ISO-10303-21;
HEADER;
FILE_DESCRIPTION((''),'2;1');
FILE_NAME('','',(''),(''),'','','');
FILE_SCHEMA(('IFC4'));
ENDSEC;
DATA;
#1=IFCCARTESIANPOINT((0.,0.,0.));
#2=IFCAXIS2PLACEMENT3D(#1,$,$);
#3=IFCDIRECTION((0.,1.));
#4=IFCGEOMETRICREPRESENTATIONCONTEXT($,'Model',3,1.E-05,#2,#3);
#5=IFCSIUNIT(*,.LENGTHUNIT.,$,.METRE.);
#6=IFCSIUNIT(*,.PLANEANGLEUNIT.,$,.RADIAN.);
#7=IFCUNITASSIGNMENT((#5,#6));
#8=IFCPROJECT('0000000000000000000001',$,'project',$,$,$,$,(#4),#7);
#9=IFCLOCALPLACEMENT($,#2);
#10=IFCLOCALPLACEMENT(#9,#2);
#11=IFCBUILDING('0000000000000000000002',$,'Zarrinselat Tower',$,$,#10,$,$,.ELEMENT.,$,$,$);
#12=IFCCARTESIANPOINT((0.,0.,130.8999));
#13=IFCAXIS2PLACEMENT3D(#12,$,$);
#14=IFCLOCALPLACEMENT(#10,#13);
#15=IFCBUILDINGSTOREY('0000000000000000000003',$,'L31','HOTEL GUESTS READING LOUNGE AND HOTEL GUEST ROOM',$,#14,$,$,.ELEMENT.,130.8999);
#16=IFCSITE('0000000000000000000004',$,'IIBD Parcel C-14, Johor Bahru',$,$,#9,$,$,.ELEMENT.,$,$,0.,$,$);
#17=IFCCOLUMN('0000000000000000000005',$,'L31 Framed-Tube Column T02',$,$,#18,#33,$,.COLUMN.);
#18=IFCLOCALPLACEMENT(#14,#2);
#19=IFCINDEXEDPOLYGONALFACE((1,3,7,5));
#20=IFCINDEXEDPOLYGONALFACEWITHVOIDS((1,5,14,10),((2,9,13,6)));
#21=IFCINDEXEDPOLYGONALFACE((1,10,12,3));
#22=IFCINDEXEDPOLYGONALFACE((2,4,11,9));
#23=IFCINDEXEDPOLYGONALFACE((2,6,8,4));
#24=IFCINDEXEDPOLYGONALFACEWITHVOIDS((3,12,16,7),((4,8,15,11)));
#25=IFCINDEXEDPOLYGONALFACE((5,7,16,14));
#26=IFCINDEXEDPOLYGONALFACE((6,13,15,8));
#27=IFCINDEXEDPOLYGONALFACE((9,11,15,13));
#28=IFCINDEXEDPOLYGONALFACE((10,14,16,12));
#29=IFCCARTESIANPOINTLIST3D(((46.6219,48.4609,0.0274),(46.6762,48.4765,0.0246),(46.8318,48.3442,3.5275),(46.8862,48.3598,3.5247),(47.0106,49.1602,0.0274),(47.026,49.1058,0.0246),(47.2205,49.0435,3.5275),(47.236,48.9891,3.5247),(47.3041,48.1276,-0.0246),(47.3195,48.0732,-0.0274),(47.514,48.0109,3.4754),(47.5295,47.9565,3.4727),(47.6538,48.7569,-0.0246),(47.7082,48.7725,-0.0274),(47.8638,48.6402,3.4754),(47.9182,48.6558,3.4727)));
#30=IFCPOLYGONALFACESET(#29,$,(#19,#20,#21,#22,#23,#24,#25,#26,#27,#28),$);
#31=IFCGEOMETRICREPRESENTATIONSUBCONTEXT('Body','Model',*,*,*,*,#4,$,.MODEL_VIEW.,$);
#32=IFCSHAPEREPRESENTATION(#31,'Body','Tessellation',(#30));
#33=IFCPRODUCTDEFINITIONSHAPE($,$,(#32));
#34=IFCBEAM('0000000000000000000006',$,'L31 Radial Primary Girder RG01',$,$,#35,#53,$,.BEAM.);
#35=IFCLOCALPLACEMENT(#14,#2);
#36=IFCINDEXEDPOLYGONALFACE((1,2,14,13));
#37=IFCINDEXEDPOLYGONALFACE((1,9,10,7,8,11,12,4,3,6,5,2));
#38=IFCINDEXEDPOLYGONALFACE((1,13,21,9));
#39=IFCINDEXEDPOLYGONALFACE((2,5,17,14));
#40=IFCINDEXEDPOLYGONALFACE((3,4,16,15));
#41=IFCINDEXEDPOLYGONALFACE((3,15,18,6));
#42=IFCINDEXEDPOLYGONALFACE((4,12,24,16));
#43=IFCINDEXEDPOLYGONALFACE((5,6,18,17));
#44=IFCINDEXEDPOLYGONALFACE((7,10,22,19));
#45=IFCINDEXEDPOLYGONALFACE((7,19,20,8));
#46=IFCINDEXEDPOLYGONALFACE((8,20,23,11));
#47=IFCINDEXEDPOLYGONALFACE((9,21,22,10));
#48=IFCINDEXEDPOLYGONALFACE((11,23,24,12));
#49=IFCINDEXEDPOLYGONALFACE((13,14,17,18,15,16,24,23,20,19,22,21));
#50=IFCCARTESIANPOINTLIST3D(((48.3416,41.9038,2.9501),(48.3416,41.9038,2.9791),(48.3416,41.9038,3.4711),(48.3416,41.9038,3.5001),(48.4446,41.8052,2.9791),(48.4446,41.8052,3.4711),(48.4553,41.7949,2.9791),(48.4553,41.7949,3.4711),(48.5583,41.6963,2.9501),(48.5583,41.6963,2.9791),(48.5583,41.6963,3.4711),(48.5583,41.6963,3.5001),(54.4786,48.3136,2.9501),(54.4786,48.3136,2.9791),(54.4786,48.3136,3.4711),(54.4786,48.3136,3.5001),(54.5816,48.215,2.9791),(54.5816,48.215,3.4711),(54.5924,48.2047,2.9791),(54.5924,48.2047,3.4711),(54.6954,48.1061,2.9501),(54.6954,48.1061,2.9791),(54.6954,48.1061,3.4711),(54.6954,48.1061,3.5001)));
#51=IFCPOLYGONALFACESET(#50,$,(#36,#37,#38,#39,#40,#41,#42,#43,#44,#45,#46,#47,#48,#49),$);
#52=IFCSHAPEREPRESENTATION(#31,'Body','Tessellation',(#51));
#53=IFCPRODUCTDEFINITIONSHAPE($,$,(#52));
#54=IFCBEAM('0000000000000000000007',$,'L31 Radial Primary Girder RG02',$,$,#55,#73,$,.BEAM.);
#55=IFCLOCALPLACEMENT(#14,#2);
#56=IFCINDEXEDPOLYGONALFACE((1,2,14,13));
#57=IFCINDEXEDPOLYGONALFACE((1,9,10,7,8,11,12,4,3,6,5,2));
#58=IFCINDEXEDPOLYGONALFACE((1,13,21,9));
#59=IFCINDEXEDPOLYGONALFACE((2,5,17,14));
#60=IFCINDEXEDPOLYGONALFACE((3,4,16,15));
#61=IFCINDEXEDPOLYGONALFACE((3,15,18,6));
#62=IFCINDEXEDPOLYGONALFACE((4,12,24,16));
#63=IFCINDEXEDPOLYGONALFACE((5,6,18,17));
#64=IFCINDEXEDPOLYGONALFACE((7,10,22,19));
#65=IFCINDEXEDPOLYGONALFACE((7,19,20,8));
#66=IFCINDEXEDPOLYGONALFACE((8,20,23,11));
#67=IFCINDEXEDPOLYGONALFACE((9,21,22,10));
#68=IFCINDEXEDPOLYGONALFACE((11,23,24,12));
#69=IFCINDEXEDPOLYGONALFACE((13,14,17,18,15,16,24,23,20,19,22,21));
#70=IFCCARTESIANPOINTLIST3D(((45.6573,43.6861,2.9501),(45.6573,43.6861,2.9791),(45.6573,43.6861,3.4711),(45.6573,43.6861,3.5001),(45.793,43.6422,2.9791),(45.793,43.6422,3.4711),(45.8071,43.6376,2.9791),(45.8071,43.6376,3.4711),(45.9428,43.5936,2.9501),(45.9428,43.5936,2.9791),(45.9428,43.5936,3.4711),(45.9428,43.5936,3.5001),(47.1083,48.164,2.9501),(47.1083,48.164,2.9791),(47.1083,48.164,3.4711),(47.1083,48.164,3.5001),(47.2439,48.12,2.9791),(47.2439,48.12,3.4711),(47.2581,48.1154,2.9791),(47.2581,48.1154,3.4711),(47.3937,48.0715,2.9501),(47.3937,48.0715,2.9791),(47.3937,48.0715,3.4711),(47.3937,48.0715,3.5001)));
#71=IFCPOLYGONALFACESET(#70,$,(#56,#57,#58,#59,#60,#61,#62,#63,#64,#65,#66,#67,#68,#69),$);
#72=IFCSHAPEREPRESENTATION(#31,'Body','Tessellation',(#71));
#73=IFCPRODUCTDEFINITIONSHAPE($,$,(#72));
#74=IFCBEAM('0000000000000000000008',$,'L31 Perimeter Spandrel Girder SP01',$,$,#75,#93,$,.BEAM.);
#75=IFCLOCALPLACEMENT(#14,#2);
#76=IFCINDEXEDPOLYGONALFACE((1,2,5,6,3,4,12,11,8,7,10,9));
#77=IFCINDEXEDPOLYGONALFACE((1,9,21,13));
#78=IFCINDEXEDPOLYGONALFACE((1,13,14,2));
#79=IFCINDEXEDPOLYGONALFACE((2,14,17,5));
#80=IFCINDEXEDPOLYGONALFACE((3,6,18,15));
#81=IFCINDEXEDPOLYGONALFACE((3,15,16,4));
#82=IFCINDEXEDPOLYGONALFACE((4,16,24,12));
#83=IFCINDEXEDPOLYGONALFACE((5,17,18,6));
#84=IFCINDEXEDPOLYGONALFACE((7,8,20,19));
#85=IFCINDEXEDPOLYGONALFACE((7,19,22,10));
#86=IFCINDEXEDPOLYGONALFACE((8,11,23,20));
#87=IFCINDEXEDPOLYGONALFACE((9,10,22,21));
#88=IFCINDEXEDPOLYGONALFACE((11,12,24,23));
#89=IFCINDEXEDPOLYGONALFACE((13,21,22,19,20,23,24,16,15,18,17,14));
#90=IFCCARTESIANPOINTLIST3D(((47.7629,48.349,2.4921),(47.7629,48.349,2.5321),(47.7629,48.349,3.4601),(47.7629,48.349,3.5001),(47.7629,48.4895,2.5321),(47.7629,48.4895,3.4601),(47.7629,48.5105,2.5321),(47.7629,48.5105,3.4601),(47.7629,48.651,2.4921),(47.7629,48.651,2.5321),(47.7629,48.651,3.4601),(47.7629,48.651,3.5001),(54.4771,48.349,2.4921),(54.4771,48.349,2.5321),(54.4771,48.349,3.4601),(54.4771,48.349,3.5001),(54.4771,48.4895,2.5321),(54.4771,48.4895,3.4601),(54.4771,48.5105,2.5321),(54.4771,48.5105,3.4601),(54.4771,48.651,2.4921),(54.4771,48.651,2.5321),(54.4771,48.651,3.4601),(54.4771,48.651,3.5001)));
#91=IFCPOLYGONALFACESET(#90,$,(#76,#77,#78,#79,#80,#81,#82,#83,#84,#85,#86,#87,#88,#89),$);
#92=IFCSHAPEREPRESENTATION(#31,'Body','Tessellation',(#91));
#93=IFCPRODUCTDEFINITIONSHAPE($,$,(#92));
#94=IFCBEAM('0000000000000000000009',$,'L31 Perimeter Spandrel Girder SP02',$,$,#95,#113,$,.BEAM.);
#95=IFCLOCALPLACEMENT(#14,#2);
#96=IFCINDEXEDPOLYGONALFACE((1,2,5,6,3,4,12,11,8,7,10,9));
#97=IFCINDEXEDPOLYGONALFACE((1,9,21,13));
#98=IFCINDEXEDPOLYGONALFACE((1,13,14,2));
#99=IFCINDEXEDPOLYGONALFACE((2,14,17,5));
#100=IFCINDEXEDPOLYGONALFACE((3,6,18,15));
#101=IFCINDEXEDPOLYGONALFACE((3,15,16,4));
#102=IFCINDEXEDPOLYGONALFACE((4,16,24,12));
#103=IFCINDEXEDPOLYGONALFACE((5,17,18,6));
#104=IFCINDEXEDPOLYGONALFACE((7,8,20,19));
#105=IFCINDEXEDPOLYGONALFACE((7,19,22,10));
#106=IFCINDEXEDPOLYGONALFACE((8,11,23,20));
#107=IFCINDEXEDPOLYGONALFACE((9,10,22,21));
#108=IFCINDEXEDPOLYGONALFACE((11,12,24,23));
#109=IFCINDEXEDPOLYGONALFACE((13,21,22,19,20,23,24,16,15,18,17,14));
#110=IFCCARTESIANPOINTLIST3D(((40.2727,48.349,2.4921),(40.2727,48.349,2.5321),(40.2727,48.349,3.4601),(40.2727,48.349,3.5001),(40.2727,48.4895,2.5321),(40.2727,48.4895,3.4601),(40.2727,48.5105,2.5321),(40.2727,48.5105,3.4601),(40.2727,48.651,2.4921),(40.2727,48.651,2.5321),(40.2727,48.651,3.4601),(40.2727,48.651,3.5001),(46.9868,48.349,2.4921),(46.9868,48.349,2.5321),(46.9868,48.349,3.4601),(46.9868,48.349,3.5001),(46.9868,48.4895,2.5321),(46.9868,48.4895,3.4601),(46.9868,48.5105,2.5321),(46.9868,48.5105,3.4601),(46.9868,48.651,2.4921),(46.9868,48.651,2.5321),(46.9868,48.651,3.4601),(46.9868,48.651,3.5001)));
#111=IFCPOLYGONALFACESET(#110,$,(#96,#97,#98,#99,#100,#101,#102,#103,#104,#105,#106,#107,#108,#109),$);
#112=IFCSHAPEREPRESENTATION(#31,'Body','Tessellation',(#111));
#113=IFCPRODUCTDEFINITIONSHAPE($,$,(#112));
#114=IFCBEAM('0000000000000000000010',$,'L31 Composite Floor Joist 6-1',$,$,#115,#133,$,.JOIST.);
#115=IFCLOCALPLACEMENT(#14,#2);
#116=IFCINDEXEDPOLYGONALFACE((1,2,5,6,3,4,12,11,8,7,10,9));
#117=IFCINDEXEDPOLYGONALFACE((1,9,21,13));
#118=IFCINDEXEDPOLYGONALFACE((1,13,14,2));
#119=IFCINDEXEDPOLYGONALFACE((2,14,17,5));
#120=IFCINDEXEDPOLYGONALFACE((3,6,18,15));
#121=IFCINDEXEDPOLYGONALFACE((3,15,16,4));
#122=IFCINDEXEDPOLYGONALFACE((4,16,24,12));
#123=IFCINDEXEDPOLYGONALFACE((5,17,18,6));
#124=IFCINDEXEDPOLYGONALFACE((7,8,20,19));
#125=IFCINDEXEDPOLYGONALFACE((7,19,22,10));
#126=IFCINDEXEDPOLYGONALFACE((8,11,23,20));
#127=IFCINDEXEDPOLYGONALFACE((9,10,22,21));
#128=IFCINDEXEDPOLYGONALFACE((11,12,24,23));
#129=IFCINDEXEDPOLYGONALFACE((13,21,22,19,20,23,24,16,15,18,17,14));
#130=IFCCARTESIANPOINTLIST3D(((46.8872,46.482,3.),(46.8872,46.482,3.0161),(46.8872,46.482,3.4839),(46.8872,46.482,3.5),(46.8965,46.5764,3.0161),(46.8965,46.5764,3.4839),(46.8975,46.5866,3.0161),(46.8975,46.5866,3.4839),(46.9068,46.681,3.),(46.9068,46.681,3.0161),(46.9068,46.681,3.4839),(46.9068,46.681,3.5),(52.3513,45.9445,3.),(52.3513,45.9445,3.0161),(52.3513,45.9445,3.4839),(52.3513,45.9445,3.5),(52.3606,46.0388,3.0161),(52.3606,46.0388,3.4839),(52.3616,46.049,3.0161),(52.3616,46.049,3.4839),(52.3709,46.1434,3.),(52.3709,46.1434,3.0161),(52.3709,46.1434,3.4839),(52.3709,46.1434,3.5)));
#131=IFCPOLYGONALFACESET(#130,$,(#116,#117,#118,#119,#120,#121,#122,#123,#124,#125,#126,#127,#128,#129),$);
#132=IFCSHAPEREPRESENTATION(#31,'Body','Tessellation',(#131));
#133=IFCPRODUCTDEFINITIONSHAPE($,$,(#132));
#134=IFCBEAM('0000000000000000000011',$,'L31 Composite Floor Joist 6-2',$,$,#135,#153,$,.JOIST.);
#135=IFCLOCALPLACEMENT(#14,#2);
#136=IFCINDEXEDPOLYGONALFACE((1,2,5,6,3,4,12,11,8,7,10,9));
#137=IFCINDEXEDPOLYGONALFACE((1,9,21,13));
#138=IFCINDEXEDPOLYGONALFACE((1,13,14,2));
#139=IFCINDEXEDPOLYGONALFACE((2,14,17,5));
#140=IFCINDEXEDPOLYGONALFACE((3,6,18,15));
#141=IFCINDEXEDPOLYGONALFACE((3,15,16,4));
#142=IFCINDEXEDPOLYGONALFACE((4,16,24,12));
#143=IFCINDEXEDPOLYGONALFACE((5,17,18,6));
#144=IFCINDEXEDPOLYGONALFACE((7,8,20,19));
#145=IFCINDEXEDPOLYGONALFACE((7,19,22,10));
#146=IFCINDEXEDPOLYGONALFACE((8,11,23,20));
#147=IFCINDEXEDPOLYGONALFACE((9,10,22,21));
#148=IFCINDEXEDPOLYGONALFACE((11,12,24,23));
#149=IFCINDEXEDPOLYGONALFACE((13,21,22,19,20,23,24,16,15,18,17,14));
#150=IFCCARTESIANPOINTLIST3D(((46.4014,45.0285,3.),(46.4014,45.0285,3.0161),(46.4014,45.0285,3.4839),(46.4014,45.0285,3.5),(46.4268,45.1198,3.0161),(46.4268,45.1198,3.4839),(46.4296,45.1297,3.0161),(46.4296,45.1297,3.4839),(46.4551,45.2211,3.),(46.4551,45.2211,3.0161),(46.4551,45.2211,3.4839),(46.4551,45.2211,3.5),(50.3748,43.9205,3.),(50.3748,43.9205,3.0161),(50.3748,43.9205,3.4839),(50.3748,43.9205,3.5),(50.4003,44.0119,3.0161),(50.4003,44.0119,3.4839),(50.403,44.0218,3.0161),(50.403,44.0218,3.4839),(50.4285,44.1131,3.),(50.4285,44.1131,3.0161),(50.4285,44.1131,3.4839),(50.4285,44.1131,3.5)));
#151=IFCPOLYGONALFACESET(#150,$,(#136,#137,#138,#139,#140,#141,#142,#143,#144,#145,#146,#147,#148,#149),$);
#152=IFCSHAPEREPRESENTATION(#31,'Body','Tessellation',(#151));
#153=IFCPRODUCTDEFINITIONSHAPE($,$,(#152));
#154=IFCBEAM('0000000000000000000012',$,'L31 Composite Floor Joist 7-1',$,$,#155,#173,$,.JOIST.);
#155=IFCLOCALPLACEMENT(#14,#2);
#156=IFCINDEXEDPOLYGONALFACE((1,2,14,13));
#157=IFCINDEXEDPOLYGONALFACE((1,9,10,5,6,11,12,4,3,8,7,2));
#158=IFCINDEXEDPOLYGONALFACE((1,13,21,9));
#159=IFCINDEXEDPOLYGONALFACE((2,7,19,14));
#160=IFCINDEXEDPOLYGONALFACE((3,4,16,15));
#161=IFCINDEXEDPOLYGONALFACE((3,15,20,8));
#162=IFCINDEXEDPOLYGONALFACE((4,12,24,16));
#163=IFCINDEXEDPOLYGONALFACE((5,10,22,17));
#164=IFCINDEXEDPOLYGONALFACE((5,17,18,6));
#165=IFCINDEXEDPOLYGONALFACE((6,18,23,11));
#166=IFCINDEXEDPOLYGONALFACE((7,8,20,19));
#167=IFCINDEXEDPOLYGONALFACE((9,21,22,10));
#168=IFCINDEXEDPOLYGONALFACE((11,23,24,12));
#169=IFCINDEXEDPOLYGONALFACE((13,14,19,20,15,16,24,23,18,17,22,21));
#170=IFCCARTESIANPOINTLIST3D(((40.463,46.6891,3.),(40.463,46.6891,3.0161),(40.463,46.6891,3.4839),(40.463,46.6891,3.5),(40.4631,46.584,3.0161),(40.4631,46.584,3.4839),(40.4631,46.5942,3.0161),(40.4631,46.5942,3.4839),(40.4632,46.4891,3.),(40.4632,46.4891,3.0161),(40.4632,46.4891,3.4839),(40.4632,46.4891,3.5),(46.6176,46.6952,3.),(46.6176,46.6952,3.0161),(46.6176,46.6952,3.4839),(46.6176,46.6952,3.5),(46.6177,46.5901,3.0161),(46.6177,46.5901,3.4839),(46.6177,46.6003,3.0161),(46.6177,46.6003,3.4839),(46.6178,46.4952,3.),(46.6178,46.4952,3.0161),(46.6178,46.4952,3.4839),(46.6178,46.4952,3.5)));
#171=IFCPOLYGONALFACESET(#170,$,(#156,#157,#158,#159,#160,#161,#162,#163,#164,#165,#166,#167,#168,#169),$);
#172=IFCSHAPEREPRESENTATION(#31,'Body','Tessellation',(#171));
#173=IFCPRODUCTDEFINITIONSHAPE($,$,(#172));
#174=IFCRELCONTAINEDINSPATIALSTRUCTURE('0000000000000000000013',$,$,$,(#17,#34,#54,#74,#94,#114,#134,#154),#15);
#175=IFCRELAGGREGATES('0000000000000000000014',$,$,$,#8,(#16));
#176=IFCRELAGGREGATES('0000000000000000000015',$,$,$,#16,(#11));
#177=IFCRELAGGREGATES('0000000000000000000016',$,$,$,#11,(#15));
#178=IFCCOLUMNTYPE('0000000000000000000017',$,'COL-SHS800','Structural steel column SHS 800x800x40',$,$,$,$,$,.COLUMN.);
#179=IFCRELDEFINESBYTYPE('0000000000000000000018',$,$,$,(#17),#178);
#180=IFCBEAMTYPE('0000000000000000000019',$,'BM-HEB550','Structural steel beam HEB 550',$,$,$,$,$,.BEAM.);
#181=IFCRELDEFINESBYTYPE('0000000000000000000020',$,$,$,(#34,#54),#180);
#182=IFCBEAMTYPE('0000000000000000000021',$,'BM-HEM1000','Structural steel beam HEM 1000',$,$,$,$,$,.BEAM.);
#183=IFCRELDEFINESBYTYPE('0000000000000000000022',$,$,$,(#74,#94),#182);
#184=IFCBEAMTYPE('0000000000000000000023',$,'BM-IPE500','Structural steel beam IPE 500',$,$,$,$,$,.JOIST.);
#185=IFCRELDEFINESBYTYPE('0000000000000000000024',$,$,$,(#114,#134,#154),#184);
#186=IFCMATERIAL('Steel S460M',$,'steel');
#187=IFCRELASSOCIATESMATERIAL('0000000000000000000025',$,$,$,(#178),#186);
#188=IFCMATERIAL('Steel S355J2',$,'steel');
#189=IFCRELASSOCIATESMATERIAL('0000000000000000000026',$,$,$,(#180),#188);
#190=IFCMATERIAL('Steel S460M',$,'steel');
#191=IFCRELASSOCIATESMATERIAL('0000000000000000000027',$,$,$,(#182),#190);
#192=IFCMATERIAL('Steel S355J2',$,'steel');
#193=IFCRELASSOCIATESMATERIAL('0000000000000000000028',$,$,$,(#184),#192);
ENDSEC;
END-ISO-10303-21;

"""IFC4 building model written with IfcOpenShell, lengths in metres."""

from ifc_helpers import new_model, si_unit, direction, frame, origin, origin_2d, place, context, subcontext, project, spatial, hollow_rectangle, i_section, extrude, material, material_profile, profile_set, type_object, element, save


model = new_model("IFC4")

# Units and contexts
model_context = context("Model", 3, precision=1e-05, world=origin(), true_north=direction((0.0, 1.0)))
body_context = subcontext(model_context, "Body", "Model", "MODEL_VIEW")
ifc_project = project(units=[si_unit("LENGTHUNIT", "METRE"), si_unit("PLANEANGLEUNIT", "RADIAN")], contexts=[model_context])

# Site, building, storey
site_placement = place(None, origin())
site = spatial("IfcSite", under=ifc_project, at=site_placement, Name="IIBD Parcel C-14, Johor Bahru", CompositionType="ELEMENT", RefElevation=0.0)
building_placement = place(site_placement, origin())
building = spatial("IfcBuilding", under=site, at=building_placement, Name="Zarrinselat Tower", CompositionType="ELEMENT")
storey_placement = place(building_placement, frame((0.0, 0.0, 130.8999)))
storey = spatial("IfcBuildingStorey", under=building, at=storey_placement, Name="L31", Description="HOTEL GUESTS READING LOUNGE AND HOTEL GUEST ROOM", CompositionType="ELEMENT", Elevation=130.8999)

# Column
ifc_material_1 = material(Name="Steel S460M", Category="steel")
ifc_material_profile_1 = material_profile(ifc_material_1, hollow_rectangle(XDim=0.8, YDim=0.8, WallThickness=0.04, at=origin_2d()), Name="SHS 800x800x40")
ifc_profile_set_1 = profile_set([ifc_material_profile_1], Name="Steel S460M")
column_type = type_object("IfcColumnType", Name="COL-SHS800", Description="Structural steel column SHS 800x800x40", PredefinedType="COLUMN", material=ifc_profile_set_1)
column_placement = place(storey_placement, frame((47.165, 48.6167, 0.0), z_axis=(0.059848, -0.033264, 0.997653), x_axis=(0.485816, 0.874061, 0.0)))
element("IfcColumn", 1, at=column_placement, inside=storey, type_object=column_type, Name="L31 Framed-Tube Column T02", PredefinedType="COLUMN", context=body_context, shape_type="SweptSolid", body=[
    extrude(hollow_rectangle(XDim=0.8, YDim=0.8, WallThickness=0.04, at=origin_2d()), origin(), (0.0, 0.0, 1.0), 3.5083),
])

# Beams
ifc_material_2 = material(Name="Steel S355J2", Category="steel")
ifc_material_profile_2 = material_profile(ifc_material_2, i_section(OverallWidth=0.3, OverallDepth=0.55, WebThickness=0.0149, FlangeThickness=0.0291, at=origin_2d()), Name="HEB 550")
ifc_profile_set_2 = profile_set([ifc_material_profile_2], Name="Steel S355J2")
beam_type_1 = type_object("IfcBeamType", Name="BM-HEB550", Description="Structural steel beam HEB 550", PredefinedType="BEAM", material=ifc_profile_set_2)
beam_1_placement = place(storey_placement, frame((48.45, 41.8, 3.2251), z_axis=(0.691574, 0.722305, 0.0), x_axis=(-0.722305, 0.691574, 0.0)))
element("IfcBeam", 2, at=beam_1_placement, inside=storey, type_object=beam_type_1, Name="L31 Radial Primary Girder RG01", PredefinedType="BEAM", context=body_context, shape_type="SweptSolid", body=[
    extrude(i_section(OverallWidth=0.3, OverallDepth=0.55, WebThickness=0.0149, FlangeThickness=0.0291, at=origin_2d()), origin(), (0.0, 0.0, 1.0), 8.874),
])
beam_2_placement = place(storey_placement, frame((45.8, 43.6399, 3.2251), z_axis=(0.30825, 0.951305, 0.0), x_axis=(-0.951305, 0.30825, 0.0)))
element("IfcBeam", 3, at=beam_2_placement, inside=storey, type_object=beam_type_1, Name="L31 Radial Primary Girder RG02", PredefinedType="BEAM", context=body_context, shape_type="SweptSolid", body=[
    extrude(i_section(OverallWidth=0.3, OverallDepth=0.55, WebThickness=0.0149, FlangeThickness=0.0291, at=origin_2d()), origin(), (0.0, 0.0, 1.0), 4.707),
])
ifc_material_3 = material(Name="Steel S460M", Category="steel")
ifc_material_profile_3 = material_profile(ifc_material_3, i_section(OverallWidth=0.302, OverallDepth=1.0081, WebThickness=0.021, FlangeThickness=0.04, at=origin_2d()), Name="HEM 1000")
ifc_profile_set_3 = profile_set([ifc_material_profile_3], Name="Steel S460M")
beam_type_2 = type_object("IfcBeamType", Name="BM-HEM1000", Description="Structural steel beam HEM 1000", PredefinedType="BEAM", material=ifc_profile_set_3)
for number, where, z_axis, x_axis, name in (
    (4, (47.7629, 48.5, 2.9961), (1.0, 0.0, 0.0), (0.0, 1.0, 0.0), "L31 Perimeter Spandrel Girder SP01"),
    (5, (40.2727, 48.5, 2.9961), (1.0, 0.0, 0.0), (0.0, 1.0, 0.0), "L31 Perimeter Spandrel Girder SP02"),
):
    element("IfcBeam", number, at=place(storey_placement, frame(where, z_axis=z_axis, x_axis=x_axis)), inside=storey, type_object=beam_type_2, Name=name, PredefinedType="BEAM", context=body_context, shape_type="SweptSolid", body=[
        extrude(i_section(OverallWidth=0.302, OverallDepth=1.0081, WebThickness=0.021, FlangeThickness=0.04, at=origin_2d()), origin(), (0.0, 0.0, 1.0), 6.7141),
    ])
ifc_material_4 = material(Name="Steel S355J2", Category="steel")
ifc_material_profile_4 = material_profile(ifc_material_4, i_section(OverallWidth=0.2, OverallDepth=0.5, WebThickness=0.0103, FlangeThickness=0.0161, at=origin_2d()), Name="IPE 500")
ifc_profile_set_4 = profile_set([ifc_material_profile_4], Name="Steel S355J2")
beam_type_3 = type_object("IfcBeamType", Name="BM-IPE500", Description="Structural steel beam IPE 500", PredefinedType="JOIST", material=ifc_profile_set_4)
beam_3_placement = place(storey_placement, frame((46.897, 46.5815, 3.25), z_axis=(0.995195, -0.097914, 0.0), x_axis=(0.097914, 0.995195, 0.0)))
element("IfcBeam", 6, at=beam_3_placement, inside=storey, type_object=beam_type_3, Name="L31 Composite Floor Joist 6-1", PredefinedType="JOIST", context=body_context, shape_type="SweptSolid", body=[
    extrude(i_section(OverallWidth=0.2, OverallDepth=0.5, WebThickness=0.0103, FlangeThickness=0.0161, at=origin_2d()), origin(), (0.0, 0.0, 1.0), 5.4905),
])
beam_4_placement = place(storey_placement, frame((46.4282, 45.1248, 3.25), z_axis=(0.963255, -0.268587, 0.0), x_axis=(0.268587, 0.963255, 0.0)))
element("IfcBeam", 7, at=beam_4_placement, inside=storey, type_object=beam_type_3, Name="L31 Composite Floor Joist 6-2", PredefinedType="JOIST", context=body_context, shape_type="SweptSolid", body=[
    extrude(i_section(OverallWidth=0.2, OverallDepth=0.5, WebThickness=0.0103, FlangeThickness=0.0161, at=origin_2d()), origin(), (0.0, 0.0, 1.0), 4.125),
])
beam_5_placement = place(storey_placement, frame((40.4631, 46.5891, 3.25), z_axis=(1.0, 0.000992, 0.0), x_axis=(-0.000992, 1.0, 0.0)))
element("IfcBeam", 8, at=beam_5_placement, inside=storey, type_object=beam_type_3, Name="L31 Composite Floor Joist 7-1", PredefinedType="JOIST", context=body_context, shape_type="SweptSolid", body=[
    extrude(i_section(OverallWidth=0.2, OverallDepth=0.5, WebThickness=0.0103, FlangeThickness=0.0161, at=origin_2d()), origin(), (0.0, 0.0, 1.0), 6.1545),
])

save(model, "model.ifc")
